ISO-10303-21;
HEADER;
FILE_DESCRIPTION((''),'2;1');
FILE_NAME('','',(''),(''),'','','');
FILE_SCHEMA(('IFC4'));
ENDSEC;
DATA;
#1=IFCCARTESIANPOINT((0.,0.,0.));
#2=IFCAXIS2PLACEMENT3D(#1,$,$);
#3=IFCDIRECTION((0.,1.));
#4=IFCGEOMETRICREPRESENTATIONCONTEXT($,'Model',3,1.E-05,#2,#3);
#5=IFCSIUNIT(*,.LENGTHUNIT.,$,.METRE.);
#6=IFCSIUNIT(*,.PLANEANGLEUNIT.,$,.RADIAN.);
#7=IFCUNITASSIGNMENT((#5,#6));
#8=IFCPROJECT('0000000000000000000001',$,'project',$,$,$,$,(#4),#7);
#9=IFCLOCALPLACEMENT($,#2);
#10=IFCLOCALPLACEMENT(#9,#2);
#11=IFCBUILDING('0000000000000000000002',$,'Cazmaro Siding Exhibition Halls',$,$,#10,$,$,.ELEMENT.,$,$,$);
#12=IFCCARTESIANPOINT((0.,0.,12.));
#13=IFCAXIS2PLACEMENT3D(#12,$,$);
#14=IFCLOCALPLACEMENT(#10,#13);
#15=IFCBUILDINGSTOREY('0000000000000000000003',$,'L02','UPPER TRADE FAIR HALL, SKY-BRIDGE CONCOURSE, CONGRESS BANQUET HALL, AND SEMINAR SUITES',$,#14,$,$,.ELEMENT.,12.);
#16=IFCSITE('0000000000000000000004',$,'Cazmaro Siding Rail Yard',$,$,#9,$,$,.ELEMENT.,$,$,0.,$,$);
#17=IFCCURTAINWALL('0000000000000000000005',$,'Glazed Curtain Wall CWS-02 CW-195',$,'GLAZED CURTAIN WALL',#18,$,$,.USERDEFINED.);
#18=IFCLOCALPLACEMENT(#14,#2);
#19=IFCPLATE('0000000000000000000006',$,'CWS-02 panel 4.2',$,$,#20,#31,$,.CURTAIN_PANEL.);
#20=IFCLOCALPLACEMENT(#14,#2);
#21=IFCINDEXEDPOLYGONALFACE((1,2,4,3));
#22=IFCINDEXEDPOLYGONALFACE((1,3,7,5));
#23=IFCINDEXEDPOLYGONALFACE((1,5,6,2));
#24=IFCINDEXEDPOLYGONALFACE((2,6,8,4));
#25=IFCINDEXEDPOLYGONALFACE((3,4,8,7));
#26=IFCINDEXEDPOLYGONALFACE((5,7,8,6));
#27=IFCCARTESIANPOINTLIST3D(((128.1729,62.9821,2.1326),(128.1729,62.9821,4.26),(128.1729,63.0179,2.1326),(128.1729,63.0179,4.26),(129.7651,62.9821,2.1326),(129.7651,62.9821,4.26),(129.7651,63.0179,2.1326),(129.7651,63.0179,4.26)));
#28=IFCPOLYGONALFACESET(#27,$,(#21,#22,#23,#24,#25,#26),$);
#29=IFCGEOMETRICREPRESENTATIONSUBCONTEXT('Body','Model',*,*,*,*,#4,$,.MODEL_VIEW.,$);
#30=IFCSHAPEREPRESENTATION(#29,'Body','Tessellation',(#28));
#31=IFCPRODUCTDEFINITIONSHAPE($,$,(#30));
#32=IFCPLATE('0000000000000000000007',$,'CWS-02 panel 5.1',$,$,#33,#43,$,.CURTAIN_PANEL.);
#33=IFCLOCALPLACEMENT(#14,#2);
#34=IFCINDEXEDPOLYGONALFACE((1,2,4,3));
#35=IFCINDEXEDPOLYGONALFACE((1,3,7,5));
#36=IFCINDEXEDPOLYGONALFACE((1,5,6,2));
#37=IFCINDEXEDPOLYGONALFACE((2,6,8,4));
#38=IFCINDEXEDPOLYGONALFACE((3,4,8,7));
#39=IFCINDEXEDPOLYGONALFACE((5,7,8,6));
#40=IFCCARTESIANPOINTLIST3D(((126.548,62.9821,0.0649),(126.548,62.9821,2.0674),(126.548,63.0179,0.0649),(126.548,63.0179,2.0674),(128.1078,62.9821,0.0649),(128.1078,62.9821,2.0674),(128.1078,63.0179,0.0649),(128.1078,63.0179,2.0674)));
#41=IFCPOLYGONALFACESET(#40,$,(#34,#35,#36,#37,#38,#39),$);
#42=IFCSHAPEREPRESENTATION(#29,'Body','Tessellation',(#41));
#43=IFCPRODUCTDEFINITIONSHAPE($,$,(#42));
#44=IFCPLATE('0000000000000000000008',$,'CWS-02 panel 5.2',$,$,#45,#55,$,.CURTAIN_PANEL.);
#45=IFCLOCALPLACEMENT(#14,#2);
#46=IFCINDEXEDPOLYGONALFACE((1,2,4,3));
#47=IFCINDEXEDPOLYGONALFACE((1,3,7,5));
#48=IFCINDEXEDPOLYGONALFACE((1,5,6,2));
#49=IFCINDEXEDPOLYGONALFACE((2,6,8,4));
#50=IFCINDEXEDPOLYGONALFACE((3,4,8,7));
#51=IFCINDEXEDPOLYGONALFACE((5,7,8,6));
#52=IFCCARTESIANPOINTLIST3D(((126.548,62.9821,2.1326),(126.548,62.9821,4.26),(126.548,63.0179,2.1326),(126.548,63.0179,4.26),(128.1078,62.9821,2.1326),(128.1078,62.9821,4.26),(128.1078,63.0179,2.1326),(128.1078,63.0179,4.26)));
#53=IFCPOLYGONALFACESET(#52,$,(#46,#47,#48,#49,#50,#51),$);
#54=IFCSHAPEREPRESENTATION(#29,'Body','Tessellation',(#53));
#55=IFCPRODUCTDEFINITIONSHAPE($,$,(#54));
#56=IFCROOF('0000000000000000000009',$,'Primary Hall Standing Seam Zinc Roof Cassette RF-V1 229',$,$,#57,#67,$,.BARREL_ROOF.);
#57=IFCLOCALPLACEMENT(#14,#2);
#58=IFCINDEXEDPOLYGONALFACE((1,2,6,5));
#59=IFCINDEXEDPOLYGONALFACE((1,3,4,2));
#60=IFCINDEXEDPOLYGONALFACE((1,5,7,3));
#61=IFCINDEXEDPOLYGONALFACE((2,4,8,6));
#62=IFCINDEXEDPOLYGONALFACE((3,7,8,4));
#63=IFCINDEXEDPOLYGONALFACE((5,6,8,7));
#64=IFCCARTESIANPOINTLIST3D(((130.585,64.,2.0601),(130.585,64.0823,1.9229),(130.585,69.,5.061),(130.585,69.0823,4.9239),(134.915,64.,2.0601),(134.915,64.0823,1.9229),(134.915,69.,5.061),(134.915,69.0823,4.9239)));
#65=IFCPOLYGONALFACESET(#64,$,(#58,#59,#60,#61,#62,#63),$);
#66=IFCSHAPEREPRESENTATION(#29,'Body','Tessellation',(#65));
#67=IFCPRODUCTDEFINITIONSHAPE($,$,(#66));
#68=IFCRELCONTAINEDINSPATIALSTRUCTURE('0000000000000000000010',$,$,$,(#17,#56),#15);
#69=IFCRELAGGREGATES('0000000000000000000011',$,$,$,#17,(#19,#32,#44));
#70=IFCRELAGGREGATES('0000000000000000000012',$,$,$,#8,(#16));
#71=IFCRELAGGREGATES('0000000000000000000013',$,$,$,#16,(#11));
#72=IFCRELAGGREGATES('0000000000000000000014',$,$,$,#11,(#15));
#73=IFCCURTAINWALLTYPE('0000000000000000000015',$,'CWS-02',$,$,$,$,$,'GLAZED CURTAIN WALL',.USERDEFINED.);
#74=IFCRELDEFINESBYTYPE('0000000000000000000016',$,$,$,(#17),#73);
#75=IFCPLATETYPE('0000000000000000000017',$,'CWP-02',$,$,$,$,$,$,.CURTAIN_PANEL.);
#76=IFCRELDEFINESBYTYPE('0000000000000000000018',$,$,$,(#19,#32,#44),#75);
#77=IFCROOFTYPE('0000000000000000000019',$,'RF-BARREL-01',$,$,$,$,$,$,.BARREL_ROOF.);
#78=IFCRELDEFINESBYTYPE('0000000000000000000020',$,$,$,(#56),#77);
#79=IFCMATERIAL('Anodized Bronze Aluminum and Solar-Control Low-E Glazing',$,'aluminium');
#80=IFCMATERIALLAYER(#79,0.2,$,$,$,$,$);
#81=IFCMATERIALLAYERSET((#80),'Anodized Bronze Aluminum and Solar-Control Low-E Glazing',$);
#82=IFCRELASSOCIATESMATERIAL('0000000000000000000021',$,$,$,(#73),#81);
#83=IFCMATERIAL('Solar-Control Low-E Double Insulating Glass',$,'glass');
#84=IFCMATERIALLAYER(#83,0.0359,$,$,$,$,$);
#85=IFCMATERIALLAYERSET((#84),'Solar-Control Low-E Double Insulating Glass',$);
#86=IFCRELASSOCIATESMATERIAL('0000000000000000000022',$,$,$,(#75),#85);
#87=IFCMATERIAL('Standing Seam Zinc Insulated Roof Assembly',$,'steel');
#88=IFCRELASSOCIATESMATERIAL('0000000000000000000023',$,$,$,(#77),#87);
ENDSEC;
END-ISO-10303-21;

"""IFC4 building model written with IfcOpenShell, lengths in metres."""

from ifc_helpers import new_model, si_unit, direction, frame, origin, origin_2d, place, context, subcontext, project, spatial, polyline, rectangle, outline, extrude, material, layer, layer_set, type_object, element, aggregate, save


model = new_model("IFC4")

# Units and contexts
model_context = context("Model", 3, precision=1e-05, world=origin(), true_north=direction((0.0, 1.0)))
body_context = subcontext(model_context, "Body", "Model", "MODEL_VIEW")
ifc_project = project(units=[si_unit("LENGTHUNIT", "METRE"), si_unit("PLANEANGLEUNIT", "RADIAN")], contexts=[model_context])

# Site, building, storey
site_placement = place(None, origin())
site = spatial("IfcSite", under=ifc_project, at=site_placement, Name="Cazmaro Siding Rail Yard", CompositionType="ELEMENT", RefElevation=0.0)
building_placement = place(site_placement, origin())
building = spatial("IfcBuilding", under=site, at=building_placement, Name="Cazmaro Siding Exhibition Halls", CompositionType="ELEMENT")
storey_placement = place(building_placement, frame((0.0, 0.0, 12.0)))
storey = spatial("IfcBuildingStorey", under=building, at=storey_placement, Name="L02", Description="UPPER TRADE FAIR HALL, SKY-BRIDGE CONCOURSE, CONGRESS BANQUET HALL, AND SEMINAR SUITES", CompositionType="ELEMENT", Elevation=12.0)

# Curtain wall
ifc_material_1 = material(Name="Anodized Bronze Aluminum and Solar-Control Low-E Glazing", Category="aluminium")
ifc_layer_1 = layer(ifc_material_1, 0.2)
ifc_layer_set_1 = layer_set([ifc_layer_1], Name="Anodized Bronze Aluminum and Solar-Control Low-E Glazing")
curtain_wall_type = type_object("IfcCurtainWallType", Name="CWS-02", ElementType="GLAZED CURTAIN WALL", PredefinedType="USERDEFINED", material=ifc_layer_set_1)
curtain_wall_placement = place(storey_placement, origin())
curtain_wall = element("IfcCurtainWall", 1, at=curtain_wall_placement, inside=storey, type_object=curtain_wall_type, Name="Glazed Curtain Wall CWS-02 CW-195", ObjectType="GLAZED CURTAIN WALL", PredefinedType="USERDEFINED")

# Plates
ifc_material_2 = material(Name="Solar-Control Low-E Double Insulating Glass", Category="glass")
ifc_layer_2 = layer(ifc_material_2, 0.0359)
ifc_layer_set_2 = layer_set([ifc_layer_2], Name="Solar-Control Low-E Double Insulating Glass")
plate_type_1 = type_object("IfcPlateType", Name="CWP-02", PredefinedType="CURTAIN_PANEL", material=ifc_layer_set_2)
plate_1_placement = place(storey_placement, frame((128.969, 63.0, 2.1326), z_axis=(0.0, 0.0, 1.0), x_axis=(-1.0, 0.0, 0.0)))
plate_1 = element("IfcPlate", 2, at=plate_1_placement, type_object=plate_type_1, Name="CWS-02 panel 4.2", PredefinedType="CURTAIN_PANEL", context=body_context, shape_type="SweptSolid", body=[
    extrude(rectangle(XDim=1.5923, YDim=0.0359, at=origin_2d()), origin(), (0.0, 0.0, 1.0), 2.1274),
])
plate_2_placement = place(storey_placement, frame((127.3279, 63.0, 0.0649), z_axis=(0.0, 0.0, 1.0), x_axis=(-1.0, 0.0, 0.0)))
plate_2 = element("IfcPlate", 3, at=plate_2_placement, type_object=plate_type_1, Name="CWS-02 panel 5.1", PredefinedType="CURTAIN_PANEL", context=body_context, shape_type="SweptSolid", body=[
    extrude(rectangle(XDim=1.5598, YDim=0.0359, at=origin_2d()), origin(), (0.0, 0.0, 1.0), 2.0024),
])
plate_3_placement = place(storey_placement, frame((127.3279, 63.0, 2.1326), z_axis=(0.0, 0.0, 1.0), x_axis=(-1.0, 0.0, 0.0)))
plate_3 = element("IfcPlate", 4, at=plate_3_placement, type_object=plate_type_1, Name="CWS-02 panel 5.2", PredefinedType="CURTAIN_PANEL", context=body_context, shape_type="SweptSolid", body=[
    extrude(rectangle(XDim=1.5598, YDim=0.0359, at=origin_2d()), origin(), (0.0, 0.0, 1.0), 2.1274),
])
aggregate(curtain_wall, [plate_1, plate_2, plate_3])

# Roof
ifc_material_3 = material(Name="Standing Seam Zinc Insulated Roof Assembly", Category="steel")
roof_type = type_object("IfcRoofType", Name="RF-BARREL-01", PredefinedType="BARREL_ROOF", material=ifc_material_3)
roof_placement = place(storey_placement, frame((130.585, 64.0, 2.0601), z_axis=(0.0, -0.514619, 0.857419), x_axis=(1.0, 0.0, 0.0)))
element("IfcRoof", 5, at=roof_placement, inside=storey, type_object=roof_type, Name="Primary Hall Standing Seam Zinc Roof Cassette RF-V1 229", PredefinedType="BARREL_ROOF", context=body_context, shape_type="SweptSolid", body=[
    extrude(outline(polyline([(0.0, 0.0), (4.3301, 0.0), (4.3301, 5.8315), (0.0, 5.8315), (0.0, 0.0)])), origin(), (0.0, 0.0, -1.0), 0.1599),
])

save(model, "model.ifc")
